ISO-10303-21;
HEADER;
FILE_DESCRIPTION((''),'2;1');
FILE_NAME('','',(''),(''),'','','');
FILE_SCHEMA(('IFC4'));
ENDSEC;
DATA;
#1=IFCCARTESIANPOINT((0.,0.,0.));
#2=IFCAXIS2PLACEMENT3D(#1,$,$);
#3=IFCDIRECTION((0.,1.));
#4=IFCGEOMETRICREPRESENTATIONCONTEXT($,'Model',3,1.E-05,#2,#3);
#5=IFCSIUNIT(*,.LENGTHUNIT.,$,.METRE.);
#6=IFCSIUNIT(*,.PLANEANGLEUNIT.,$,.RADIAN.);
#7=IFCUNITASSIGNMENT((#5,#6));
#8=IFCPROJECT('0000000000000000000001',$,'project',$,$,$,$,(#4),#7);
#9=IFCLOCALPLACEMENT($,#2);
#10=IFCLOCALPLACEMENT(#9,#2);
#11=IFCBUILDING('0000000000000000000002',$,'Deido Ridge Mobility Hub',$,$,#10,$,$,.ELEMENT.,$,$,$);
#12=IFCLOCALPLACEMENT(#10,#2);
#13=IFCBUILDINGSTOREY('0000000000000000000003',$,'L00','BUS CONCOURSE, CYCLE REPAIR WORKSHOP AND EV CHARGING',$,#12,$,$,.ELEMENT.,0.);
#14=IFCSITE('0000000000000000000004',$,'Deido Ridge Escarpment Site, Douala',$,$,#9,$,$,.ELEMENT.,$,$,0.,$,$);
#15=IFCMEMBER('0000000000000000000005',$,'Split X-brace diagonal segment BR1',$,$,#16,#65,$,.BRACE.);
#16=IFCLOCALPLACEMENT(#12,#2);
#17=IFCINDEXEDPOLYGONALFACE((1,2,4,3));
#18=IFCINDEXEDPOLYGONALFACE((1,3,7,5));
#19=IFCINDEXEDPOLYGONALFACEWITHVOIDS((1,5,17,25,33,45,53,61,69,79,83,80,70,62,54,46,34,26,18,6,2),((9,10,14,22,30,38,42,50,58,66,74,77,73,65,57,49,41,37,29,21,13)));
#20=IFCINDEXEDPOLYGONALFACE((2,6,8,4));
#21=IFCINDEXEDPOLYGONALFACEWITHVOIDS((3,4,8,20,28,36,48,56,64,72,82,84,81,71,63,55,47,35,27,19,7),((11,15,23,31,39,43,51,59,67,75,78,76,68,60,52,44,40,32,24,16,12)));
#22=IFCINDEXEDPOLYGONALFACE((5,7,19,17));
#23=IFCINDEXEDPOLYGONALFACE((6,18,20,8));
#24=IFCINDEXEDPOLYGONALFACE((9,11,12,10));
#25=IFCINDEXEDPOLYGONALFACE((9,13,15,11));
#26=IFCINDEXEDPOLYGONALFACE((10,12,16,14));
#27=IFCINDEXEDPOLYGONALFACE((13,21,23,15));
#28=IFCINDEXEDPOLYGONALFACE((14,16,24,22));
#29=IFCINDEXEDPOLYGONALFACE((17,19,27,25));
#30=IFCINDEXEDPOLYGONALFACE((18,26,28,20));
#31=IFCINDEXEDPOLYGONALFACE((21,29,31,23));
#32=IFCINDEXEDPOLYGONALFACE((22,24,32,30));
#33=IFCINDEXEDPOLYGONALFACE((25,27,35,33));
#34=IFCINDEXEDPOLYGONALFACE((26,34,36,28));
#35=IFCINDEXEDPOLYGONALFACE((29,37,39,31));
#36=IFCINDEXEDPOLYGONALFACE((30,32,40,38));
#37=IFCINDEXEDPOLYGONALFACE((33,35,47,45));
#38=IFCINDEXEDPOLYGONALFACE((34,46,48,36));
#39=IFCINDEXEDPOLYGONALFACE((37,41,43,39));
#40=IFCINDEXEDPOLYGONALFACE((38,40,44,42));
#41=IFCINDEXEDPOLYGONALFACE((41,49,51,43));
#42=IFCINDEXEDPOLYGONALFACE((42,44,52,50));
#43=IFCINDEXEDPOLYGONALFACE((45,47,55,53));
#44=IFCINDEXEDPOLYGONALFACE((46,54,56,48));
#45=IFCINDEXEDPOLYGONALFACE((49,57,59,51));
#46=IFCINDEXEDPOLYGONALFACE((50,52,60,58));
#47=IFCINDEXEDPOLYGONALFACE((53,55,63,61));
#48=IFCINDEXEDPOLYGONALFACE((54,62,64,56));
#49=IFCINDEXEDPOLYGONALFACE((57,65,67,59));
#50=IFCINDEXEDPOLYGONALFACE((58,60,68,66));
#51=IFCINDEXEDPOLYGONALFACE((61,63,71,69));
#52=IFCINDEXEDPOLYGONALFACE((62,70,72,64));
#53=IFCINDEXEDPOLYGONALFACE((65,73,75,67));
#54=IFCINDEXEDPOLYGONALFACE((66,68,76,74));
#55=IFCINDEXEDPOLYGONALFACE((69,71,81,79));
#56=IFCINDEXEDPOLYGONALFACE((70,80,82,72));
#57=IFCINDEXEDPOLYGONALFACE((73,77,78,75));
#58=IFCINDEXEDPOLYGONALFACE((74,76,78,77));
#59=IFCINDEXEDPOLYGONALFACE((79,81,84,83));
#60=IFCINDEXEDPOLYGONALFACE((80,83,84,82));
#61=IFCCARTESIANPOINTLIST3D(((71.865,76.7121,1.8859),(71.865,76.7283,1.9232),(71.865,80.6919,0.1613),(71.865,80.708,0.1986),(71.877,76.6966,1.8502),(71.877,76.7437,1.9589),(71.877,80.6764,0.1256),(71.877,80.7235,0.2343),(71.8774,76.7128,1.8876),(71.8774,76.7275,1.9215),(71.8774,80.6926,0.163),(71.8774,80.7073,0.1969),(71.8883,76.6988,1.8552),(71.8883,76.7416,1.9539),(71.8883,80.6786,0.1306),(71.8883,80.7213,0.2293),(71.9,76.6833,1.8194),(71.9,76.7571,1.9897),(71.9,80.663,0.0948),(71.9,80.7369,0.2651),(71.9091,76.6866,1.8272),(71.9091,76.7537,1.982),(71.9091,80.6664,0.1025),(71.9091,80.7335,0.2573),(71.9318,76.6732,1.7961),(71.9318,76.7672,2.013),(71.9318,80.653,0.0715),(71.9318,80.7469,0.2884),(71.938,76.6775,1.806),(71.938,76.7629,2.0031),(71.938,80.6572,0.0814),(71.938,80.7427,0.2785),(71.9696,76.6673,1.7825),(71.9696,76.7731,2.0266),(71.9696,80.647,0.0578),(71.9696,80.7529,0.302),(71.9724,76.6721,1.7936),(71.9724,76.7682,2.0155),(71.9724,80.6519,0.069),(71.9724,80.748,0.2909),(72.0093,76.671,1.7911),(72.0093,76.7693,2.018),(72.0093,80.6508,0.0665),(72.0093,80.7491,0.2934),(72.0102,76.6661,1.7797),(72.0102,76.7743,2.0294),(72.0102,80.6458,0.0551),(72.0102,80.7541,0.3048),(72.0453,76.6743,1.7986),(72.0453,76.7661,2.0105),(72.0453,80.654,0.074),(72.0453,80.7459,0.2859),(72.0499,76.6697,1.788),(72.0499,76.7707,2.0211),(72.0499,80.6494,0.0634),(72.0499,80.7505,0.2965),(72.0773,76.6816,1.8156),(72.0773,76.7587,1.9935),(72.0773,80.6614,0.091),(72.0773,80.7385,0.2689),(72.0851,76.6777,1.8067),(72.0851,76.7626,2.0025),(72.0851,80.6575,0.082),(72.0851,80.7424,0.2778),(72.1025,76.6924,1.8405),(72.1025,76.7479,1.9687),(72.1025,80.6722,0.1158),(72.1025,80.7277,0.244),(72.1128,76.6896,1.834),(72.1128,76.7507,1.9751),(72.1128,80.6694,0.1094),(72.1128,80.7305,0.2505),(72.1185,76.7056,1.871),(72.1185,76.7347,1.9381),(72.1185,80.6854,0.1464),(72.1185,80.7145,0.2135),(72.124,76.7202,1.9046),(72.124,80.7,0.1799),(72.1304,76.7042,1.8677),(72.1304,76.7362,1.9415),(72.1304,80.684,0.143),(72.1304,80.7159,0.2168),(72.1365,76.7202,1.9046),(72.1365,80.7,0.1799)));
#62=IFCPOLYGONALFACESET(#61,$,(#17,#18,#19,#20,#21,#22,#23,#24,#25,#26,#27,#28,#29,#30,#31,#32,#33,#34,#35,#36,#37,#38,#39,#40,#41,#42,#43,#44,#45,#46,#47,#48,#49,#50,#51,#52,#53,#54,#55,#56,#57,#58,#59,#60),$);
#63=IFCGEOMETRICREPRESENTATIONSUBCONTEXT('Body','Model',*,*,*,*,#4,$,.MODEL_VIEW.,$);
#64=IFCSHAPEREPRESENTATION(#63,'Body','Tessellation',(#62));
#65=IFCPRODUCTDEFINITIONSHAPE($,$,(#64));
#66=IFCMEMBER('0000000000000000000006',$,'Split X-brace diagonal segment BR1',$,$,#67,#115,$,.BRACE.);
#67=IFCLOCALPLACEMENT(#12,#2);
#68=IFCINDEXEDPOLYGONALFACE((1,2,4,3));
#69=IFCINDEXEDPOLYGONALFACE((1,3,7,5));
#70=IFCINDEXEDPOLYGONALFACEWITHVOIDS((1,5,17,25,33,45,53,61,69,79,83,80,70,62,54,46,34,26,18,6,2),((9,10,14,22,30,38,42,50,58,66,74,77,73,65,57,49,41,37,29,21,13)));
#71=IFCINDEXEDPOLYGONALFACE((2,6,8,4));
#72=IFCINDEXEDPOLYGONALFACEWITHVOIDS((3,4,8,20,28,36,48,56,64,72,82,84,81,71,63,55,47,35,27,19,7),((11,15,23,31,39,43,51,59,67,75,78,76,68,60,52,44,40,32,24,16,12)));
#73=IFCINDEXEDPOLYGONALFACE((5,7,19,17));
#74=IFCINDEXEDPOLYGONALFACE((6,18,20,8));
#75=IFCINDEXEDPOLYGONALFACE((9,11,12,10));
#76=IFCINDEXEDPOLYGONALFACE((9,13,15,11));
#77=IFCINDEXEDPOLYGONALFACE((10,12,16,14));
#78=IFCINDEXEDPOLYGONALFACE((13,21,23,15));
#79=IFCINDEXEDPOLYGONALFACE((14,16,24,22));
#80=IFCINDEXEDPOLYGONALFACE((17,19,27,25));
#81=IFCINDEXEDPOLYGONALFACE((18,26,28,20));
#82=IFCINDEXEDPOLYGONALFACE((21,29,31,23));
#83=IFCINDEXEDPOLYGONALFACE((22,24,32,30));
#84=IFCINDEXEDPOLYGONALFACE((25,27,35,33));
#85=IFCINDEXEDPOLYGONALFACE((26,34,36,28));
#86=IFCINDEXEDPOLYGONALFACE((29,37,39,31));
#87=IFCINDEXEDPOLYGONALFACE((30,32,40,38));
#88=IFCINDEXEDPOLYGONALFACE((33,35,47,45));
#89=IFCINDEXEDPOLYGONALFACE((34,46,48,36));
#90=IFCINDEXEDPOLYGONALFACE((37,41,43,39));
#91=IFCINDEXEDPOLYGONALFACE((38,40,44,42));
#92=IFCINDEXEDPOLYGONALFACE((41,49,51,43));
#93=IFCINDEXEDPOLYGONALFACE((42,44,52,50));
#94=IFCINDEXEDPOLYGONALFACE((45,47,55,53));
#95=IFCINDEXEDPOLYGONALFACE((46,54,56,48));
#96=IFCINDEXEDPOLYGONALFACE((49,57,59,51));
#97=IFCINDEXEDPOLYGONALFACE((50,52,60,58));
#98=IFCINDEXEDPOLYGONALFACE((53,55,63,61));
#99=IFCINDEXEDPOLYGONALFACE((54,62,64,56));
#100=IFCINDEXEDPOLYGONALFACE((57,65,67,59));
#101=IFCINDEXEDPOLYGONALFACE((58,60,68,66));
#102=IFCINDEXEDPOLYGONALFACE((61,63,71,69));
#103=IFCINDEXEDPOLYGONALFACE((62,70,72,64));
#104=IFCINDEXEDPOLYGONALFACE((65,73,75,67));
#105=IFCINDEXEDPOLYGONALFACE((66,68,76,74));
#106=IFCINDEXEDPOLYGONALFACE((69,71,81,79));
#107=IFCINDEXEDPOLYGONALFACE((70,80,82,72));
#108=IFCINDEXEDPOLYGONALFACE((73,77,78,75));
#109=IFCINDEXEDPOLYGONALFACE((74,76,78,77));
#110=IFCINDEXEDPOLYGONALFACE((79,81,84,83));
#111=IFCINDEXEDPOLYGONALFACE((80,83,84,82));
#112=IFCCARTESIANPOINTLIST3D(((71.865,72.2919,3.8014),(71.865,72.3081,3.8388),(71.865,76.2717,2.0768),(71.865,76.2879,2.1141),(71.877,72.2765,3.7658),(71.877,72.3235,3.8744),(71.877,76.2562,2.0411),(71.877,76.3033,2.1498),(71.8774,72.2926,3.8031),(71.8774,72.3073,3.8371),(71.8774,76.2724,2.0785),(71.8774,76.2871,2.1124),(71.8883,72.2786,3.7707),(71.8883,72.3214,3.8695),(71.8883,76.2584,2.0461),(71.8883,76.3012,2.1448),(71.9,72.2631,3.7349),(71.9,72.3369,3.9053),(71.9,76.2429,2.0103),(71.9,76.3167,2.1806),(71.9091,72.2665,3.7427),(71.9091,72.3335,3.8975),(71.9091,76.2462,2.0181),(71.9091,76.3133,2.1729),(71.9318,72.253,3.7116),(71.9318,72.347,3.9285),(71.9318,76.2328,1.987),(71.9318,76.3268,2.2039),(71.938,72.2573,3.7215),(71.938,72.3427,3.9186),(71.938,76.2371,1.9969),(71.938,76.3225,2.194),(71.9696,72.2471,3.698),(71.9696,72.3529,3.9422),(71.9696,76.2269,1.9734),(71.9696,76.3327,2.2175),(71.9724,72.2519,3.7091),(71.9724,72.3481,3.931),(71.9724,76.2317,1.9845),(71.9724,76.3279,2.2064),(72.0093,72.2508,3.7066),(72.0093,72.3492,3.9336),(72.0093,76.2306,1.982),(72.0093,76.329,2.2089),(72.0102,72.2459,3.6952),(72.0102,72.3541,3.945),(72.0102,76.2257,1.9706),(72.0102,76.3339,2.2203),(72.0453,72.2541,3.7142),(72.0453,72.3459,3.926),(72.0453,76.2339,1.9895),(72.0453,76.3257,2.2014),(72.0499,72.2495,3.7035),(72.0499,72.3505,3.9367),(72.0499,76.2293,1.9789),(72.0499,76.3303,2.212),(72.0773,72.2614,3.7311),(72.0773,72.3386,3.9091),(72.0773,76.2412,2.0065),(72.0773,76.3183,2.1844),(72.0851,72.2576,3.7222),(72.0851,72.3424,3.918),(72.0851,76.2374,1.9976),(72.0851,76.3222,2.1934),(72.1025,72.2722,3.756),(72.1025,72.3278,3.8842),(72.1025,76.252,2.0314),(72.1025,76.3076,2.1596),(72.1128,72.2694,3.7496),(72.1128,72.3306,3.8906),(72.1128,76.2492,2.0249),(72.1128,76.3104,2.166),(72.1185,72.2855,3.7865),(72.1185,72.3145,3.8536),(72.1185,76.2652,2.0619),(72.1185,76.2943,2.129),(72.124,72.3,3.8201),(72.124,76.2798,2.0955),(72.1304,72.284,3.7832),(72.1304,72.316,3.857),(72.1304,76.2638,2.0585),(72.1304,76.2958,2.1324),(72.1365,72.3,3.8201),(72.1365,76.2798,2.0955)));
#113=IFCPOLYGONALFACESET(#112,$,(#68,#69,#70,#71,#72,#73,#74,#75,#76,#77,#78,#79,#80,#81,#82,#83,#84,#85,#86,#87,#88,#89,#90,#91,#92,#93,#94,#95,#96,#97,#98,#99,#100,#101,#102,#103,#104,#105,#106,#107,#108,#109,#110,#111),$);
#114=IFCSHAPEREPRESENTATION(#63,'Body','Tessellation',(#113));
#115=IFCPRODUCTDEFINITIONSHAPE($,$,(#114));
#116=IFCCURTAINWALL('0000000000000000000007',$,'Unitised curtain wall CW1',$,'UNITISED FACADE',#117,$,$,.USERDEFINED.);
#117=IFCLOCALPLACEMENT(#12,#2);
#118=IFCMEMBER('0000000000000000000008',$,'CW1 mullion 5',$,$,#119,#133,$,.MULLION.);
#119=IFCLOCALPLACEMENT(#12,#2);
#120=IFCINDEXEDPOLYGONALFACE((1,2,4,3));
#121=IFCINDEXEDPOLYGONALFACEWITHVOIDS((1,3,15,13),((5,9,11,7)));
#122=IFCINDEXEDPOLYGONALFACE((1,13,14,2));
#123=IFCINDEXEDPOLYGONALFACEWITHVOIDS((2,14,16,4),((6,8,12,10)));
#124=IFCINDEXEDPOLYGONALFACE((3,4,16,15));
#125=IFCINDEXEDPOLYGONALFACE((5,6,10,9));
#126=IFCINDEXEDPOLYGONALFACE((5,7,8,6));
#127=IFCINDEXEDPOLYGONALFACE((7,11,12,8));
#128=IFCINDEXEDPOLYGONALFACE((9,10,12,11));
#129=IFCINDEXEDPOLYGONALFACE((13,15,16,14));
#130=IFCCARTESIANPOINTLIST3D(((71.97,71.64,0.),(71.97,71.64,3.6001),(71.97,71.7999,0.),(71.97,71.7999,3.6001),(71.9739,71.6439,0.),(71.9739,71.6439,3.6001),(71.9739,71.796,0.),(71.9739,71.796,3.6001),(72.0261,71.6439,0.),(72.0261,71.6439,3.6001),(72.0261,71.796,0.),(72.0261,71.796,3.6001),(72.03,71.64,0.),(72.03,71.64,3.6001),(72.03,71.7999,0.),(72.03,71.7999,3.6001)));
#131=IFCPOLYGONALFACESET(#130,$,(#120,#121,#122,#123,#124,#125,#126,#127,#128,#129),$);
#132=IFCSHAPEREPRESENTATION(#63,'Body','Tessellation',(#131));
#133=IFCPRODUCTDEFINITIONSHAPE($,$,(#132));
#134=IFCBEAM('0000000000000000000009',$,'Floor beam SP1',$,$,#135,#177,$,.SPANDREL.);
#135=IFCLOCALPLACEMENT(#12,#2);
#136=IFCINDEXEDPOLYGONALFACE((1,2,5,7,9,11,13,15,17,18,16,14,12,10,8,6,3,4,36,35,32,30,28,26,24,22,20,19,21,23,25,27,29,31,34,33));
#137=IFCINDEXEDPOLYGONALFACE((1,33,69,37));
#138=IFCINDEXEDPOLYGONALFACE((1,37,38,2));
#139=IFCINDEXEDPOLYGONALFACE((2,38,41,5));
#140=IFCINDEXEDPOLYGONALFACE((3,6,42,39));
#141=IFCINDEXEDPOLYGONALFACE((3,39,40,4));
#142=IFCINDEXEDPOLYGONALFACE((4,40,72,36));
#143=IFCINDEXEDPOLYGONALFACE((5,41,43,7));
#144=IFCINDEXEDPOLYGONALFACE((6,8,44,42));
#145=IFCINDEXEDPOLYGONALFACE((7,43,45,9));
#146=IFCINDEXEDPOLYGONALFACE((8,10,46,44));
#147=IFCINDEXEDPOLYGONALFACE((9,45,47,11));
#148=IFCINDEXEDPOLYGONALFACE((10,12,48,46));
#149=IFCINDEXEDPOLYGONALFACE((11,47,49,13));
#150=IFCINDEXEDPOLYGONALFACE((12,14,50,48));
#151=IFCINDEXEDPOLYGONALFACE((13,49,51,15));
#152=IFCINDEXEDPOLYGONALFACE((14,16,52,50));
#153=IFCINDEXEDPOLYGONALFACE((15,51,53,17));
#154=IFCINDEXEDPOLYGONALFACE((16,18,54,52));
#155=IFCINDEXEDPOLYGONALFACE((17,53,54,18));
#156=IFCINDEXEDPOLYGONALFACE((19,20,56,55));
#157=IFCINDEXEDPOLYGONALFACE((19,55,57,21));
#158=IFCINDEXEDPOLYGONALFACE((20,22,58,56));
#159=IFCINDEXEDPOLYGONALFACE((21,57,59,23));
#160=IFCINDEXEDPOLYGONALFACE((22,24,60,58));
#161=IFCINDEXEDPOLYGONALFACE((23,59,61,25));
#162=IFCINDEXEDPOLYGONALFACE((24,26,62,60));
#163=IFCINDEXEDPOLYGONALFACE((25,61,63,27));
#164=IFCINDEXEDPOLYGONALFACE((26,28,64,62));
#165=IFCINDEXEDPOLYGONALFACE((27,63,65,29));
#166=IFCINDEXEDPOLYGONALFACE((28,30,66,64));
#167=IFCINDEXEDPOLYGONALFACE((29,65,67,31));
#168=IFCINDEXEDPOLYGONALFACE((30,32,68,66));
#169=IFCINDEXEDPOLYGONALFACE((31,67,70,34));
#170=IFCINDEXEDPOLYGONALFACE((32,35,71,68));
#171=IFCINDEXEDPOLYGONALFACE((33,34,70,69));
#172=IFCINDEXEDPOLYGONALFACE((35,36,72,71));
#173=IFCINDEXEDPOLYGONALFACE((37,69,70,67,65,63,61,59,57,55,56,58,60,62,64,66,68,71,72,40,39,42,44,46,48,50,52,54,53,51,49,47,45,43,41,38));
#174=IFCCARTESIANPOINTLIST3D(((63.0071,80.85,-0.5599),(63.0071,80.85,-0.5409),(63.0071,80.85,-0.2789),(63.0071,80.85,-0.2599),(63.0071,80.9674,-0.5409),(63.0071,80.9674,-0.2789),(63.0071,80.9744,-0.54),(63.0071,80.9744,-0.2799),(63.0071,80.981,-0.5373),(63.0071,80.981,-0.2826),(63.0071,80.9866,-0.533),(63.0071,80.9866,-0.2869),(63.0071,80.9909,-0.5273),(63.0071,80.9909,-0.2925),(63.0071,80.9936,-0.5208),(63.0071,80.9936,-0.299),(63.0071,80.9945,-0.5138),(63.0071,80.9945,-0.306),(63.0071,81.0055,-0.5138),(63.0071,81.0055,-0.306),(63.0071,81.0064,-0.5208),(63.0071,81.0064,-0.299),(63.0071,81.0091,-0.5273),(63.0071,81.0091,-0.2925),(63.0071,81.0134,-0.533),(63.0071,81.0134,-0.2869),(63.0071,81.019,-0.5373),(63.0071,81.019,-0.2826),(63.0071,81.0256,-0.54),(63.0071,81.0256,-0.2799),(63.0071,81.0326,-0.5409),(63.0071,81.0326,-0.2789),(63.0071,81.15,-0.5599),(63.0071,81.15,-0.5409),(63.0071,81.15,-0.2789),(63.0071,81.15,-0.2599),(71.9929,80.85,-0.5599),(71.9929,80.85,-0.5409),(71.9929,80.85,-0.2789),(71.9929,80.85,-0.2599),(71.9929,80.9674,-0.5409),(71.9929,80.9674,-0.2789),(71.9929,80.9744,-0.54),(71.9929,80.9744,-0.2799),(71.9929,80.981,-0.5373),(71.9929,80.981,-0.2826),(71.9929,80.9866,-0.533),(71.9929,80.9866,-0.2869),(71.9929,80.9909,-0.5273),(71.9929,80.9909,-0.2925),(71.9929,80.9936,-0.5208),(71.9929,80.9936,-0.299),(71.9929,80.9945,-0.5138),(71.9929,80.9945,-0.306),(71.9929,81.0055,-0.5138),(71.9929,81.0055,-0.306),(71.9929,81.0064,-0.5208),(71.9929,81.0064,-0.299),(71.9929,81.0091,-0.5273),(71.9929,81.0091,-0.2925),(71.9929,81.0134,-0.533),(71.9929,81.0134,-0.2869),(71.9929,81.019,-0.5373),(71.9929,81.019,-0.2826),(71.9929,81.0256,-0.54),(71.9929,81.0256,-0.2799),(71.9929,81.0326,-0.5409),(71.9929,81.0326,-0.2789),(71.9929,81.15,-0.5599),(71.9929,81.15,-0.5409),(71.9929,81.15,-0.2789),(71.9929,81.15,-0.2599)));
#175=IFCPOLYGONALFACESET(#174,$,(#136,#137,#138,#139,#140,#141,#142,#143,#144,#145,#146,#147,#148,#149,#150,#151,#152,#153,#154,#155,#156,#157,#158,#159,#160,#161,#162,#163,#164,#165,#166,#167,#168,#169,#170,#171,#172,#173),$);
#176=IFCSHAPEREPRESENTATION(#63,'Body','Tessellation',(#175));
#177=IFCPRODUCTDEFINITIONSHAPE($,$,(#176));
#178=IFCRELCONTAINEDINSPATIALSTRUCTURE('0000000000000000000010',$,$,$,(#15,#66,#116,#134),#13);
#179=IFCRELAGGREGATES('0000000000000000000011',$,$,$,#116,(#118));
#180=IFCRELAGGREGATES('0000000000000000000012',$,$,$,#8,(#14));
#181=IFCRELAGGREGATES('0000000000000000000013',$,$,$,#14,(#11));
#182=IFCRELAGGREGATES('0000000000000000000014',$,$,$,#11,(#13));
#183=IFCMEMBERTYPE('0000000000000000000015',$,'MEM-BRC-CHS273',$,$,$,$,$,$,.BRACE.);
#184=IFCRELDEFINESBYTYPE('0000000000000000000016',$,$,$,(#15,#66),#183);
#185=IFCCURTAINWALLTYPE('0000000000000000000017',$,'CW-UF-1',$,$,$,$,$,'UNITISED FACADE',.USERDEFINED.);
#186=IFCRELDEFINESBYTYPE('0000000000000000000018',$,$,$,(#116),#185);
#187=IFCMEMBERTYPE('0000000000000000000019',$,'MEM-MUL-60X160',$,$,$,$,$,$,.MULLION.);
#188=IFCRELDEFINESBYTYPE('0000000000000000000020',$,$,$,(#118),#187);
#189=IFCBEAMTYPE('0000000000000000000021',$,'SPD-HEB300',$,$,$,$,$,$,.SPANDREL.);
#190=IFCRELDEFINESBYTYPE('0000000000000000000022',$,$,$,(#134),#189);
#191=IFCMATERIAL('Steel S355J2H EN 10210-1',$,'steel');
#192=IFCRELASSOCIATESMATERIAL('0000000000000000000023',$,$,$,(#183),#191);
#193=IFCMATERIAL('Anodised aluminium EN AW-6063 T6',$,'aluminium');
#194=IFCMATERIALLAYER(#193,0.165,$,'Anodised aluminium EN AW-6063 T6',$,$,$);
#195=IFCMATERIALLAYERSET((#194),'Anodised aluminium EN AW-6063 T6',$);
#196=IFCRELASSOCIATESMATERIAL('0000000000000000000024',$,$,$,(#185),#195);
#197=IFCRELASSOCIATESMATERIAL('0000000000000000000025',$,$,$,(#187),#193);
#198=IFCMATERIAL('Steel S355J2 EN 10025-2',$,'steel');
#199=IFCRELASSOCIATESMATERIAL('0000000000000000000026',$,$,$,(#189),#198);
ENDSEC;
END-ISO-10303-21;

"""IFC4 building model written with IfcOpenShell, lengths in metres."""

from ifc_helpers import new_model, si_unit, direction, frame, origin, origin_2d, place, context, subcontext, project, spatial, hollow_rectangle, hollow_circle, i_section, extrude, material, layer, layer_set, material_profile, profile_set, type_object, element, aggregate, save


model = new_model("IFC4")

# Units and contexts
model_context = context("Model", 3, precision=1e-05, world=origin(), true_north=direction((0.0, 1.0)))
body_context = subcontext(model_context, "Body", "Model", "MODEL_VIEW")
ifc_project = project(units=[si_unit("LENGTHUNIT", "METRE"), si_unit("PLANEANGLEUNIT", "RADIAN")], contexts=[model_context])

# Site, building, storey
site_placement = place(None, origin())
site = spatial("IfcSite", under=ifc_project, at=site_placement, Name="Deido Ridge Escarpment Site, Douala", CompositionType="ELEMENT", RefElevation=0.0)
building_placement = place(site_placement, origin())
building = spatial("IfcBuilding", under=site, at=building_placement, Name="Deido Ridge Mobility Hub", CompositionType="ELEMENT")
storey_placement = place(building_placement, origin())
storey = spatial("IfcBuildingStorey", under=building, at=storey_placement, Name="L00", Description="BUS CONCOURSE, CYCLE REPAIR WORKSHOP AND EV CHARGING", CompositionType="ELEMENT", Elevation=0.0)

# Shared definitions
ifc_material_1 = material(Name="Steel S355J2 EN 10025-2", Category="steel")

# Members
ifc_material_2 = material(Name="Steel S355J2H EN 10210-1", Category="steel")
ifc_material_profile_1 = material_profile(ifc_material_2, hollow_circle(Radius=0.1365, WallThickness=0.0125, at=origin_2d()), Name="CHS 273x12.5")
ifc_profile_set_1 = profile_set([ifc_material_profile_1], Name="Steel S355J2H EN 10210-1")
member_type_1 = type_object("IfcMemberType", Name="MEM-BRC-CHS273", PredefinedType="BRACE", material=ifc_profile_set_1)
for number, where, z_axis, x_axis, name in (
    (1, (72.0, 80.7, 0.1799), (0.0, -0.917551, 0.397618), (1.0, 0.0, 0.0), "Split X-brace diagonal segment BR1"),
    (2, (72.0, 76.2798, 2.0955), (0.0, -0.917551, 0.397618), (1.0, 0.0, 0.0), "Split X-brace diagonal segment BR1"),
):
    element("IfcMember", number, at=place(storey_placement, frame(where, z_axis=z_axis, x_axis=x_axis)), inside=storey, type_object=member_type_1, Name=name, PredefinedType="BRACE", context=body_context, shape_type="SweptSolid", body=[
        extrude(hollow_circle(Radius=0.1365, WallThickness=0.0125, at=origin_2d()), origin(), (0.0, 0.0, 1.0), 4.3374),
    ])

# Curtain wall, member
ifc_material_3 = material(Name="Anodised aluminium EN AW-6063 T6", Category="aluminium")
ifc_layer_1 = layer(ifc_material_3, 0.165, Name="Anodised aluminium EN AW-6063 T6")
ifc_layer_set_1 = layer_set([ifc_layer_1], Name="Anodised aluminium EN AW-6063 T6")
curtain_wall_type = type_object("IfcCurtainWallType", Name="CW-UF-1", ElementType="UNITISED FACADE", PredefinedType="USERDEFINED", material=ifc_layer_set_1)
curtain_wall_placement = place(storey_placement, origin())
curtain_wall = element("IfcCurtainWall", 3, at=curtain_wall_placement, inside=storey, type_object=curtain_wall_type, Name="Unitised curtain wall CW1", ObjectType="UNITISED FACADE", PredefinedType="USERDEFINED")
ifc_material_profile_2 = material_profile(ifc_material_3, hollow_rectangle(XDim=0.0601, YDim=0.1599, WallThickness=0.0039, at=origin_2d()), Name="RHS 60x160x4")
ifc_profile_set_2 = profile_set([ifc_material_profile_2], Name="Anodised aluminium EN AW-6063 T6")
member_type_2 = type_object("IfcMemberType", Name="MEM-MUL-60X160", PredefinedType="MULLION", material=ifc_profile_set_2)
member_1_placement = place(storey_placement, frame((72.0, 71.72, 0.0), z_axis=(0.0, 0.0, 1.0), x_axis=(-1.0, 0.0, 0.0)))
member_1 = element("IfcMember", 4, at=member_1_placement, type_object=member_type_2, Name="CW1 mullion 5", PredefinedType="MULLION", context=body_context, shape_type="SweptSolid", body=[
    extrude(hollow_rectangle(XDim=0.0601, YDim=0.1599, WallThickness=0.0039, at=origin_2d()), origin(), (0.0, 0.0, 1.0), 3.6001),
])

# Beam
ifc_material_profile_3 = material_profile(ifc_material_1, i_section(OverallWidth=0.3, OverallDepth=0.3, WebThickness=0.011, FlangeThickness=0.019, FilletRadius=0.0271, at=origin_2d()), Name="HEB 300")
ifc_profile_set_3 = profile_set([ifc_material_profile_3], Name="Steel S355J2 EN 10025-2")
beam_type_1 = type_object("IfcBeamType", Name="SPD-HEB300", PredefinedType="SPANDREL", material=ifc_profile_set_3)
beam_1_placement = place(storey_placement, frame((63.0071, 81.0, -0.4099), z_axis=(1.0, 0.0, 0.0), x_axis=(0.0, 1.0, 0.0)))
element("IfcBeam", 5, at=beam_1_placement, inside=storey, type_object=beam_type_1, Name="Floor beam SP1", PredefinedType="SPANDREL", context=body_context, shape_type="SweptSolid", body=[
    extrude(i_section(OverallWidth=0.3, OverallDepth=0.3, WebThickness=0.011, FlangeThickness=0.019, FilletRadius=0.0271, at=origin_2d()), origin(), (0.0, 0.0, 1.0), 8.9858),
])

aggregate(curtain_wall, [member_1])

save(model, "model.ifc")
